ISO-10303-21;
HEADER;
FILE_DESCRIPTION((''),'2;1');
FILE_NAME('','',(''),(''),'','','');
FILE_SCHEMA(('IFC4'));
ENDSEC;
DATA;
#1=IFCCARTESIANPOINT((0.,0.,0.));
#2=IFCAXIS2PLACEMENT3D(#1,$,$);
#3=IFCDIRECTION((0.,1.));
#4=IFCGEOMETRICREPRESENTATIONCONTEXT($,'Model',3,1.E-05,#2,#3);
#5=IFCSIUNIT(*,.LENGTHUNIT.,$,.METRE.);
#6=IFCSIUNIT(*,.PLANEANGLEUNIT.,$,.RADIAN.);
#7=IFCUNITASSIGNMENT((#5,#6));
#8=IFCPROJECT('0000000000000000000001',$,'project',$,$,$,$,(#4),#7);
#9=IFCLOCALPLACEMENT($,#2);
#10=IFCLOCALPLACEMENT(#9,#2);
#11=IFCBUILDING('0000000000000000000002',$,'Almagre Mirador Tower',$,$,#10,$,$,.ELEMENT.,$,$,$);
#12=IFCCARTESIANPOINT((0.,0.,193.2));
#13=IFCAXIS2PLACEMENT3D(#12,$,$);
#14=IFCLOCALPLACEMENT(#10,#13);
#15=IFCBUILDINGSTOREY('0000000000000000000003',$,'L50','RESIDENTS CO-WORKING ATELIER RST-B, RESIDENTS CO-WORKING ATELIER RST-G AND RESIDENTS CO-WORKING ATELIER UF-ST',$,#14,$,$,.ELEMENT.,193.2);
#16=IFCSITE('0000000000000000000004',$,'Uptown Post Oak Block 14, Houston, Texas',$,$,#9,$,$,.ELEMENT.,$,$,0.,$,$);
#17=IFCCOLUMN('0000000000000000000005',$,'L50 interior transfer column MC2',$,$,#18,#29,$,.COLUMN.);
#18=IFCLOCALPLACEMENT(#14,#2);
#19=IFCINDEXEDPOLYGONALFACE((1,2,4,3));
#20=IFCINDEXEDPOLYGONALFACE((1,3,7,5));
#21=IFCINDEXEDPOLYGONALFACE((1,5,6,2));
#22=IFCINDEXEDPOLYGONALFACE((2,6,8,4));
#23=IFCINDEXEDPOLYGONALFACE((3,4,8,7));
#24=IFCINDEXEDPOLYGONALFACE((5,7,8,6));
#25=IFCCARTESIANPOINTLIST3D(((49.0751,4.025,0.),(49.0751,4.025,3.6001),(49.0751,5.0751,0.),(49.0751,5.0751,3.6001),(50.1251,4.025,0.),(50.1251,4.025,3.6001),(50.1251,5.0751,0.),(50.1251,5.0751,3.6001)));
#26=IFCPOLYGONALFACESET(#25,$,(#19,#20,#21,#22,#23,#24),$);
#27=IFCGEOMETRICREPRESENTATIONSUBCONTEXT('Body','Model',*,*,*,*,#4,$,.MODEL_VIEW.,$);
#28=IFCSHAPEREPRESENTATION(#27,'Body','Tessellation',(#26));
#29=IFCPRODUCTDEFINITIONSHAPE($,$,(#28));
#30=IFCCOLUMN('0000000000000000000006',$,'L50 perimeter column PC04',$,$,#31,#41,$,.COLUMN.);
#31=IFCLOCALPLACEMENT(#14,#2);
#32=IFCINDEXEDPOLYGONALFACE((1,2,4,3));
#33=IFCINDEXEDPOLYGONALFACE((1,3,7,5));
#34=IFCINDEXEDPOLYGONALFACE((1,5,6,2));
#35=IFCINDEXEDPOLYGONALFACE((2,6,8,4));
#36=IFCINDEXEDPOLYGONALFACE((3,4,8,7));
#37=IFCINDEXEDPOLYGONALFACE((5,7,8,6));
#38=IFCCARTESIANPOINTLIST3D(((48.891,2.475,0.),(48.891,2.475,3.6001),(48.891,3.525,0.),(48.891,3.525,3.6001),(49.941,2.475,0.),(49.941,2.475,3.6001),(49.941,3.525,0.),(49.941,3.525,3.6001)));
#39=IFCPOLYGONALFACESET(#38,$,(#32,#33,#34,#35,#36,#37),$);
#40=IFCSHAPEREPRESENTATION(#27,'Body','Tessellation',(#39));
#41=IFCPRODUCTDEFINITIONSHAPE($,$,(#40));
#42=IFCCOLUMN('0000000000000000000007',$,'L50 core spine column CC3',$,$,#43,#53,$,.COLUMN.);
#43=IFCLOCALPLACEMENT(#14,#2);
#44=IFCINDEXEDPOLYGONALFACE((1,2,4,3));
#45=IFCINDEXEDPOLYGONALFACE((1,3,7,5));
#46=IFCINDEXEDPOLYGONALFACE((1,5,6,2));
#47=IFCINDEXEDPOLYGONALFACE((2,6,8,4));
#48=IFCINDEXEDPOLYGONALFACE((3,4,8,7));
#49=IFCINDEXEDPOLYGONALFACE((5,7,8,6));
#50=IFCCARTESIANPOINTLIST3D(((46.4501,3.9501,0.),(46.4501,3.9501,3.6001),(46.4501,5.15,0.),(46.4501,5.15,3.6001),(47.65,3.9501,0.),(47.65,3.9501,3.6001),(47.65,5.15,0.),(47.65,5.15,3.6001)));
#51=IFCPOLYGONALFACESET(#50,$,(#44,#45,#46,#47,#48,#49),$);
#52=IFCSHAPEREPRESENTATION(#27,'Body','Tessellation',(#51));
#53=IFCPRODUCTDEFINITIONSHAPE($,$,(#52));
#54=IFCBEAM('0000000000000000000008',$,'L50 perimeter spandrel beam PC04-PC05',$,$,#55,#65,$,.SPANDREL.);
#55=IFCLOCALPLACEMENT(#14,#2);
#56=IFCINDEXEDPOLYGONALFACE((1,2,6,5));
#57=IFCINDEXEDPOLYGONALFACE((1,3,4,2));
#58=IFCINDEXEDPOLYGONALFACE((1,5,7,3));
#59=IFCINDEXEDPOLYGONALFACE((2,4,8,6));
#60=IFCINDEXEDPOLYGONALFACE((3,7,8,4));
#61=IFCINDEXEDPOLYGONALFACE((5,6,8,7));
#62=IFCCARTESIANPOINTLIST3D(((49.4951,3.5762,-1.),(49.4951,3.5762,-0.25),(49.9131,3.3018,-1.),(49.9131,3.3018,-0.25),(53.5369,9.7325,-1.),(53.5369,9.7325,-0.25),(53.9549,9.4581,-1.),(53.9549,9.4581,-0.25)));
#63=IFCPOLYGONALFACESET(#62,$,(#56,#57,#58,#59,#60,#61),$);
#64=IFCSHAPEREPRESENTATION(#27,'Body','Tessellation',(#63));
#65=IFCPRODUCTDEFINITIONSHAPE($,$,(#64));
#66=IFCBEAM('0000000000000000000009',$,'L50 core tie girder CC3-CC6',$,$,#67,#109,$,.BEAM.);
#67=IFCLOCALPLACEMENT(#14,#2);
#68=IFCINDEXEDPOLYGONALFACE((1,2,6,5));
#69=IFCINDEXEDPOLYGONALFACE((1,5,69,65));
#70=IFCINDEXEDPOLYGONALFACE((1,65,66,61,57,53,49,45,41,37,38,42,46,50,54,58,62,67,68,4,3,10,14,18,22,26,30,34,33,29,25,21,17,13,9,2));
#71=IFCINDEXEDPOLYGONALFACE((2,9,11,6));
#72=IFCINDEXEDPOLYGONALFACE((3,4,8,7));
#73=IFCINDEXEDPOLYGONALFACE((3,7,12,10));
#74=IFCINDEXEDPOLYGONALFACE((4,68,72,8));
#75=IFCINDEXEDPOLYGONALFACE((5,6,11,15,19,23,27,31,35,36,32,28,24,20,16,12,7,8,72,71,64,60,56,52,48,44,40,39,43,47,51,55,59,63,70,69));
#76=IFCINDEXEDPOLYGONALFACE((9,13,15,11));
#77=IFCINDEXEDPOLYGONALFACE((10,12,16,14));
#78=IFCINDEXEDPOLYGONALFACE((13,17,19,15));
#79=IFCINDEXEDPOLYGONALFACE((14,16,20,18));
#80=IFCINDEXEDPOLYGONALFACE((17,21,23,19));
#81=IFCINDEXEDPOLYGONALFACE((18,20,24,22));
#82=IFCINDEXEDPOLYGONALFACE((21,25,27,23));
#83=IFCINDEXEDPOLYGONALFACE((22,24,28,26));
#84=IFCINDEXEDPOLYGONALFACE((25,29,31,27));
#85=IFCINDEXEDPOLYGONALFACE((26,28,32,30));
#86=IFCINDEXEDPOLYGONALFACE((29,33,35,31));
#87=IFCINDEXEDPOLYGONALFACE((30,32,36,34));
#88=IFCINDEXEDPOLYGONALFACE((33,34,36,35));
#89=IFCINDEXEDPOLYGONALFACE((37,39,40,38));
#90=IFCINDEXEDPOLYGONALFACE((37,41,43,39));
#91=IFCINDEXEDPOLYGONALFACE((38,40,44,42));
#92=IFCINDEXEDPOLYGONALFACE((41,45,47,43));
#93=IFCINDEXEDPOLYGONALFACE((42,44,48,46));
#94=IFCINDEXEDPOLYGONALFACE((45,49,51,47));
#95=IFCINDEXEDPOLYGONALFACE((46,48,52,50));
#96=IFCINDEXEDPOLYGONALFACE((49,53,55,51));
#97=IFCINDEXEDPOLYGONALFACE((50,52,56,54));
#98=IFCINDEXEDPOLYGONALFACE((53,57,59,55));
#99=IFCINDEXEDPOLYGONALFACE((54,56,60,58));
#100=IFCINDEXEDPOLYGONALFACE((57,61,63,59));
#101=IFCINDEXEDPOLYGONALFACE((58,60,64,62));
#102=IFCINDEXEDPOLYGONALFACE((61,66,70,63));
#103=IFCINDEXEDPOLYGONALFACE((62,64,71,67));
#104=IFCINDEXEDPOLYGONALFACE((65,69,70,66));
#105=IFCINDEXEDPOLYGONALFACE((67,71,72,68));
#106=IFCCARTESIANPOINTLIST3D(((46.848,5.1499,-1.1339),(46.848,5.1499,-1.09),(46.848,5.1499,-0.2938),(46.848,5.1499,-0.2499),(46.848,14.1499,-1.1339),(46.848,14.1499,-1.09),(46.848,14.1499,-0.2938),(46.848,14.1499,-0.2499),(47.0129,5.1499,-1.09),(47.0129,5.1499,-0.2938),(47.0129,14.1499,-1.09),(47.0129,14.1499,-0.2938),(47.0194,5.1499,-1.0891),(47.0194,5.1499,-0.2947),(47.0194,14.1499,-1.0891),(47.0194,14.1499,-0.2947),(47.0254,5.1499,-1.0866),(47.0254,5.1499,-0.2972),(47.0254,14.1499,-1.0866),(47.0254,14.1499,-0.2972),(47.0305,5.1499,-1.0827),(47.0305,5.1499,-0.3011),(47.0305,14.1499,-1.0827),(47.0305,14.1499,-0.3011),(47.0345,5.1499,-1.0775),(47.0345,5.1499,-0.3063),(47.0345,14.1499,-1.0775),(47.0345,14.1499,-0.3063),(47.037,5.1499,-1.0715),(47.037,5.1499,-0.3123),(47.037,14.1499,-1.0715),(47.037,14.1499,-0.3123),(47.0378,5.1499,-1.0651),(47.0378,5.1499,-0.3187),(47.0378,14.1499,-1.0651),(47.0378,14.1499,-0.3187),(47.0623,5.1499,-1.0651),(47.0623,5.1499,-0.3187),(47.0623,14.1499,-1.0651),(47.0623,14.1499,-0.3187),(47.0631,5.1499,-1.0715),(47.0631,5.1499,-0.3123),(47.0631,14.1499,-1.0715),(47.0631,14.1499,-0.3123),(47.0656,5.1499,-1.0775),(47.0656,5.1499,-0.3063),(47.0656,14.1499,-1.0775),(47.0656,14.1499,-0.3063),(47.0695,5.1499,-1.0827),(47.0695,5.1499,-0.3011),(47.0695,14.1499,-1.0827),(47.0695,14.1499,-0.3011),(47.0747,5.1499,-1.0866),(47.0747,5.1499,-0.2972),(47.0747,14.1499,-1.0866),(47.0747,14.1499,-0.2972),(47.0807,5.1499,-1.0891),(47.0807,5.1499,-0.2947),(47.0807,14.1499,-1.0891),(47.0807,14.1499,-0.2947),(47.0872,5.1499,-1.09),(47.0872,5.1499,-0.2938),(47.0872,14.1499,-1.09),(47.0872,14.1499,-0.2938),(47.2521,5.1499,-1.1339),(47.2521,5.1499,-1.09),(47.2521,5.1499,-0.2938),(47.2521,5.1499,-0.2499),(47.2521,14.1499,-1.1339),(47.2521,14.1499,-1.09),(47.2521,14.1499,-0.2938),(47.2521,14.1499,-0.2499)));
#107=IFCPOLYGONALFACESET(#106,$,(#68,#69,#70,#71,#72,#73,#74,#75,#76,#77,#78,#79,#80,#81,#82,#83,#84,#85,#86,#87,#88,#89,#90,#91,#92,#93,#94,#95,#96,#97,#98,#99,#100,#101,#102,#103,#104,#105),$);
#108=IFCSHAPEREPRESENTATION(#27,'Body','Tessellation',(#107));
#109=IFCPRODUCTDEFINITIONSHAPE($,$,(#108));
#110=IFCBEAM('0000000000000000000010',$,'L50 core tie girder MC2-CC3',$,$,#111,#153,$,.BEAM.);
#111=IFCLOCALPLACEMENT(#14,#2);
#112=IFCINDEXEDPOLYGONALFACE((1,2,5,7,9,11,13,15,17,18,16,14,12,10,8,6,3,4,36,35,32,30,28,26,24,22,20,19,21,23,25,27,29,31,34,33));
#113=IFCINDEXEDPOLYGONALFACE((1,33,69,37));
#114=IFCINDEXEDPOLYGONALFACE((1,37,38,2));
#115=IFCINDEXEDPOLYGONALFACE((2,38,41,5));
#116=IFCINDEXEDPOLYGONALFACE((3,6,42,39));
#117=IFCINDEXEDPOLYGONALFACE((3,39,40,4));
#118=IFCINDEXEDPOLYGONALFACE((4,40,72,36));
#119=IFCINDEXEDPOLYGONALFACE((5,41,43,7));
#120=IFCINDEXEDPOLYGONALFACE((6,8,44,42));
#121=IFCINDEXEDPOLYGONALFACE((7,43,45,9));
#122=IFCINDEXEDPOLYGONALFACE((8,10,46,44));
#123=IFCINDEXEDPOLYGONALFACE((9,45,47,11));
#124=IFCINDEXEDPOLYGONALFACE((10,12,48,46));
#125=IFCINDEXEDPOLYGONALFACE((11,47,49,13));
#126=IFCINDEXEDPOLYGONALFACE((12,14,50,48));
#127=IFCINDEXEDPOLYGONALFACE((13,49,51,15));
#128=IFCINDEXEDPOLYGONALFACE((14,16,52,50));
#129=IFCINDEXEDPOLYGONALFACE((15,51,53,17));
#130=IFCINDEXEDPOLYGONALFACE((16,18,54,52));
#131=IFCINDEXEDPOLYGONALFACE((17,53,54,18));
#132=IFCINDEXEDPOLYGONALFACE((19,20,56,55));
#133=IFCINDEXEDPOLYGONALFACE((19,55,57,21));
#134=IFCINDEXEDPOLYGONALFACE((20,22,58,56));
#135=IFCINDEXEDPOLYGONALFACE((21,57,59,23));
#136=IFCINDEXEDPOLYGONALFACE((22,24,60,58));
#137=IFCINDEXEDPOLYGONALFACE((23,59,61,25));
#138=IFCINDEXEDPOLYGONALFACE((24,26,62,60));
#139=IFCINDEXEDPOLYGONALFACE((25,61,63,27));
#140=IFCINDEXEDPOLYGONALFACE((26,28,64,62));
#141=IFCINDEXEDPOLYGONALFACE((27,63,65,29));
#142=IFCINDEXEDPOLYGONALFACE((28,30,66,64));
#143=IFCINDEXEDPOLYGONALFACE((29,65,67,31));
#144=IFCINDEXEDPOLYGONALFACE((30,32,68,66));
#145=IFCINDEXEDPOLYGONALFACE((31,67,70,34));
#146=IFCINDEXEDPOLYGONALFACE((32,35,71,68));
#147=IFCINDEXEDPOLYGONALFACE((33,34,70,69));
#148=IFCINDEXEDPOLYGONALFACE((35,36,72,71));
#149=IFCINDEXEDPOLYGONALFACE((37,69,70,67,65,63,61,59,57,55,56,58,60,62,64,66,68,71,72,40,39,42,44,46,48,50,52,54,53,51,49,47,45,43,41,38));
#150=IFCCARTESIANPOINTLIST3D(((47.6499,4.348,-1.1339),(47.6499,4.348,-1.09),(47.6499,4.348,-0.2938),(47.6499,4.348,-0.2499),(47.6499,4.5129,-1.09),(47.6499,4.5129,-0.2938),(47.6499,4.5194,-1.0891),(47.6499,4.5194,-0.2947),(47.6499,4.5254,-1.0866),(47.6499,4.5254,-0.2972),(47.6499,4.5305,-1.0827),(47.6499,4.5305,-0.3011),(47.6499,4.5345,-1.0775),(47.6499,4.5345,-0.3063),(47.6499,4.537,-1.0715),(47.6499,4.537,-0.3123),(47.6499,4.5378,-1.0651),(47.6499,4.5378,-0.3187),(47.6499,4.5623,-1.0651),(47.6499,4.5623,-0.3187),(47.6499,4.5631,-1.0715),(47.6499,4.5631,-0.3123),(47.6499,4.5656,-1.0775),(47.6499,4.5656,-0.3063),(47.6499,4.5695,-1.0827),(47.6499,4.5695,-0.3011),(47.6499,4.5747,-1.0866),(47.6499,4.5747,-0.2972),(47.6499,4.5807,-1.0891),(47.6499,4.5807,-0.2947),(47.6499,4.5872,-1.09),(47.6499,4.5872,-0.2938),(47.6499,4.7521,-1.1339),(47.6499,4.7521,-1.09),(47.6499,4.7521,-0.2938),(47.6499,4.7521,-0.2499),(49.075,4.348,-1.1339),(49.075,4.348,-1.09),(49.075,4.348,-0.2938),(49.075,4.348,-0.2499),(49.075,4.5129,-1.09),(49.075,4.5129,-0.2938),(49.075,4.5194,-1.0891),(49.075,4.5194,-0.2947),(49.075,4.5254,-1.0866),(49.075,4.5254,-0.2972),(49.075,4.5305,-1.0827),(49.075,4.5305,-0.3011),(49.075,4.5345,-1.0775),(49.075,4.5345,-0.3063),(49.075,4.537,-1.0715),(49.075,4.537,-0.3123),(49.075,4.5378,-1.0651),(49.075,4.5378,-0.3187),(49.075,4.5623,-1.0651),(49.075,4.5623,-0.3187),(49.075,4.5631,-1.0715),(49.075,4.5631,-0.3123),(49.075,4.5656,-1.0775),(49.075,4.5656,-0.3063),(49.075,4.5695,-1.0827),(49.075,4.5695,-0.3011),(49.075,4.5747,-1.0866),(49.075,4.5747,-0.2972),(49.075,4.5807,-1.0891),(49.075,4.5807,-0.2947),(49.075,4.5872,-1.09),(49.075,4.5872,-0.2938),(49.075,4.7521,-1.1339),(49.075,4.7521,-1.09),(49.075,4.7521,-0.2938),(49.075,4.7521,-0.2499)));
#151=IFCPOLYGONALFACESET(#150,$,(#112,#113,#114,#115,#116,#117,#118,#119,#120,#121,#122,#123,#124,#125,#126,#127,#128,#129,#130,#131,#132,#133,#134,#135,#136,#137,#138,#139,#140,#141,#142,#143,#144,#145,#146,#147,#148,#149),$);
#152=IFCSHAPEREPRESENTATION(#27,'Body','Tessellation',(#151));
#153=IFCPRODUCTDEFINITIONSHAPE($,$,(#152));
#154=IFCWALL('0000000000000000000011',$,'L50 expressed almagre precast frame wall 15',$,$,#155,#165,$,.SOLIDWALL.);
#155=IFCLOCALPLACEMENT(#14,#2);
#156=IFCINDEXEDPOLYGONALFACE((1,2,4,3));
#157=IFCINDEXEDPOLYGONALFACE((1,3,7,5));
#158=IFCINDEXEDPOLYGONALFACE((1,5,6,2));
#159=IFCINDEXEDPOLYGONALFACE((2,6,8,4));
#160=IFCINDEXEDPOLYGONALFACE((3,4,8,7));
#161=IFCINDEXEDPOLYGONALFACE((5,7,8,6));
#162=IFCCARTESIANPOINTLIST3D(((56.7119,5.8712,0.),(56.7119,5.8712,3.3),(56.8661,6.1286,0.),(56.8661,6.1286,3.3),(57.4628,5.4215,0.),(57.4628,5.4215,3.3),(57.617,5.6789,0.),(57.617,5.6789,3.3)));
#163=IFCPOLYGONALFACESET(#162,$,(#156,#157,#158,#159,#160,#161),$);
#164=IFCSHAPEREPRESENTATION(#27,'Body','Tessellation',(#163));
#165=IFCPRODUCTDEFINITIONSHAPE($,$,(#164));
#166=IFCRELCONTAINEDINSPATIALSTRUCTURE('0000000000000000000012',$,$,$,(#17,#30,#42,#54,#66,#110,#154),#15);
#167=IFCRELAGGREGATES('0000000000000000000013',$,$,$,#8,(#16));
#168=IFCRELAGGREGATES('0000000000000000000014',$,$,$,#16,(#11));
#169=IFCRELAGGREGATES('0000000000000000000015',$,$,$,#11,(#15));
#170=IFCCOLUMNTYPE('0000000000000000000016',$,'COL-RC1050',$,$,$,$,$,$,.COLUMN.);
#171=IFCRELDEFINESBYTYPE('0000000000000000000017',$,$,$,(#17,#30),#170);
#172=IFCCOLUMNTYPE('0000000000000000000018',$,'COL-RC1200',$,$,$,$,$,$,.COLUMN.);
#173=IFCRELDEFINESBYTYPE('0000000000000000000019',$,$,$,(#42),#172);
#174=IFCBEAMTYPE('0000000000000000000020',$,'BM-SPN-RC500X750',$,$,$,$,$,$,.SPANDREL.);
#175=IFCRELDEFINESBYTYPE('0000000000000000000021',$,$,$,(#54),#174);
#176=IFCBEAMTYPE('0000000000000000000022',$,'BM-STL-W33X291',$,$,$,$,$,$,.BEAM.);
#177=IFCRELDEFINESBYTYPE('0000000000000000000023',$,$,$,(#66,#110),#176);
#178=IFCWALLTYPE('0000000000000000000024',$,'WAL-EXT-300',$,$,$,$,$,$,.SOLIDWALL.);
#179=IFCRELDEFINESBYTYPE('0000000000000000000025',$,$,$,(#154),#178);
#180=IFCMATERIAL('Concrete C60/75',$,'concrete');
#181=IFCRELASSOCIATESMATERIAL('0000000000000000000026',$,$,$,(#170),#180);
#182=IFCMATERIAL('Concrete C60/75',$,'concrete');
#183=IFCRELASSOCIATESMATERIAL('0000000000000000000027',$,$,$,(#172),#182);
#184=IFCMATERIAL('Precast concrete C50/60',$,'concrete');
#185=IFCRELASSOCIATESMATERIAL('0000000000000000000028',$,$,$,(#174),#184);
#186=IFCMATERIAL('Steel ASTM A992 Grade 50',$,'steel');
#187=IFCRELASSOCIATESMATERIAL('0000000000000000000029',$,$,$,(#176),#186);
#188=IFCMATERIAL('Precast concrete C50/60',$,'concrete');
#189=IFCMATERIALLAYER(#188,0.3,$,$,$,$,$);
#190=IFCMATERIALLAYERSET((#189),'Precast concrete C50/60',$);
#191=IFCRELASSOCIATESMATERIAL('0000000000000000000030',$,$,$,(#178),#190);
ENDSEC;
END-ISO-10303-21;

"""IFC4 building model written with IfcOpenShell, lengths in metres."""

from ifc_helpers import new_model, si_unit, direction, frame, frame_2d, origin, origin_2d, place, context, subcontext, project, spatial, rectangle, i_section, extrude, material, layer, layer_set, material_profile, profile_set, type_object, element, save


model = new_model("IFC4")

# Units and contexts
model_context = context("Model", 3, precision=1e-05, world=origin(), true_north=direction((0.0, 1.0)))
body_context = subcontext(model_context, "Body", "Model", "MODEL_VIEW")
ifc_project = project(units=[si_unit("LENGTHUNIT", "METRE"), si_unit("PLANEANGLEUNIT", "RADIAN")], contexts=[model_context])

# Site, building, storey
site_placement = place(None, origin())
site = spatial("IfcSite", under=ifc_project, at=site_placement, Name="Uptown Post Oak Block 14, Houston, Texas", CompositionType="ELEMENT", RefElevation=0.0)
building_placement = place(site_placement, origin())
building = spatial("IfcBuilding", under=site, at=building_placement, Name="Almagre Mirador Tower", CompositionType="ELEMENT")
storey_placement = place(building_placement, frame((0.0, 0.0, 193.2)))
storey = spatial("IfcBuildingStorey", under=building, at=storey_placement, Name="L50", Description="RESIDENTS CO-WORKING ATELIER RST-B, RESIDENTS CO-WORKING ATELIER RST-G AND RESIDENTS CO-WORKING ATELIER UF-ST", CompositionType="ELEMENT", Elevation=193.2)

# Columns
ifc_material_1 = material(Name="Concrete C60/75", Category="concrete")
ifc_material_profile_1 = material_profile(ifc_material_1, rectangle(XDim=1.05, YDim=1.05, at=origin_2d()), Name="RC1050X1050")
ifc_profile_set_1 = profile_set([ifc_material_profile_1], Name="Concrete C60/75")
column_type_1 = type_object("IfcColumnType", Name="COL-RC1050", PredefinedType="COLUMN", material=ifc_profile_set_1)
for number, where, z_axis, x_axis, name in (
    (1, (49.6001, 4.55, 0.0), (0.0, 0.0, 1.0), (1.0, 0.0, 0.0), "L50 interior transfer column MC2"),
    (2, (49.416, 3.0, 0.0), (0.0, 0.0, 1.0), (1.0, 0.0, 0.0), "L50 perimeter column PC04"),
):
    element("IfcColumn", number, at=place(storey_placement, frame(where, z_axis=z_axis, x_axis=x_axis)), inside=storey, type_object=column_type_1, Name=name, PredefinedType="COLUMN", context=body_context, shape_type="SweptSolid", body=[
        extrude(rectangle(XDim=1.05, YDim=1.05, at=origin_2d()), origin(), (0.0, 0.0, 1.0), 3.6001),
    ])
ifc_material_2 = material(Name="Concrete C60/75", Category="concrete")
ifc_material_profile_2 = material_profile(ifc_material_2, rectangle(XDim=1.2, YDim=1.2, at=origin_2d()), Name="RC1200X1200")
ifc_profile_set_2 = profile_set([ifc_material_profile_2], Name="Concrete C60/75")
column_type_2 = type_object("IfcColumnType", Name="COL-RC1200", PredefinedType="COLUMN", material=ifc_profile_set_2)
column_placement = place(storey_placement, frame((47.05, 4.55, 0.0), z_axis=(0.0, 0.0, 1.0), x_axis=(1.0, 0.0, 0.0)))
element("IfcColumn", 3, at=column_placement, inside=storey, type_object=column_type_2, Name="L50 core spine column CC3", PredefinedType="COLUMN", context=body_context, shape_type="SweptSolid", body=[
    extrude(rectangle(XDim=1.2, YDim=1.2, at=origin_2d()), origin(), (0.0, 0.0, 1.0), 3.6001),
])

# Beams
ifc_material_3 = material(Name="Precast concrete C50/60", Category="concrete")
ifc_material_profile_3 = material_profile(ifc_material_3, rectangle(XDim=0.5, YDim=0.75, at=origin_2d()), Name="RC500X750")
ifc_profile_set_3 = profile_set([ifc_material_profile_3], Name="Precast concrete C50/60")
beam_type_1 = type_object("IfcBeamType", Name="BM-SPN-RC500X750", PredefinedType="SPANDREL", material=ifc_profile_set_3)
beam_1_placement = place(storey_placement, frame((49.7041, 3.439, -0.625), z_axis=(0.548819, 0.835941, 0.0), x_axis=(-0.835941, 0.548819, 0.0)))
element("IfcBeam", 4, at=beam_1_placement, inside=storey, type_object=beam_type_1, Name="L50 perimeter spandrel beam PC04-PC05", PredefinedType="SPANDREL", context=body_context, shape_type="SweptSolid", body=[
    extrude(rectangle(XDim=0.5, YDim=0.75, at=origin_2d()), origin(), (0.0, 0.0, 1.0), 7.3645),
])
ifc_material_4 = material(Name="Steel ASTM A992 Grade 50", Category="steel")
ifc_material_profile_4 = material_profile(ifc_material_4, i_section(OverallWidth=0.4041, OverallDepth=0.884, WebThickness=0.0244, FlangeThickness=0.0439, FilletRadius=0.0249, at=origin_2d()), Name="W33X291")
ifc_profile_set_4 = profile_set([ifc_material_profile_4], Name="Steel ASTM A992 Grade 50")
beam_type_2 = type_object("IfcBeamType", Name="BM-STL-W33X291", PredefinedType="BEAM", material=ifc_profile_set_4)
beam_2_placement = place(storey_placement, frame((47.05, 5.1499, -0.6919), z_axis=(0.0, 1.0, 0.0), x_axis=(-1.0, 0.0, 0.0)))
element("IfcBeam", 5, at=beam_2_placement, inside=storey, type_object=beam_type_2, Name="L50 core tie girder CC3-CC6", PredefinedType="BEAM", context=body_context, shape_type="SweptSolid", body=[
    extrude(i_section(OverallWidth=0.4041, OverallDepth=0.884, WebThickness=0.0244, FlangeThickness=0.0439, FilletRadius=0.0249, at=origin_2d()), origin(), (0.0, 0.0, 1.0), 9.0),
])
beam_3_placement = place(storey_placement, frame((49.075, 4.55, -0.6919), z_axis=(-1.0, 0.0, 0.0), x_axis=(0.0, -1.0, 0.0)))
element("IfcBeam", 6, at=beam_3_placement, inside=storey, type_object=beam_type_2, Name="L50 core tie girder MC2-CC3", PredefinedType="BEAM", context=body_context, shape_type="SweptSolid", body=[
    extrude(i_section(OverallWidth=0.4041, OverallDepth=0.884, WebThickness=0.0244, FlangeThickness=0.0439, FilletRadius=0.0249, at=origin_2d()), origin(), (0.0, 0.0, 1.0), 1.425),
])

# Wall
ifc_material_5 = material(Name="Precast concrete C50/60", Category="concrete")
ifc_layer_1 = layer(ifc_material_5, 0.3)
ifc_layer_set_1 = layer_set([ifc_layer_1], Name="Precast concrete C50/60")
wall_type_1 = type_object("IfcWallType", Name="WAL-EXT-300", PredefinedType="SOLIDWALL", material=ifc_layer_set_1)
wall_1_placement = place(storey_placement, frame((57.5398, 5.5503, 0.0), z_axis=(0.0, 0.0, 1.0), x_axis=(-0.857936, 0.513757, 0.0)))
element("IfcWall", 7, at=wall_1_placement, inside=storey, type_object=wall_type_1, Name="L50 expressed almagre precast frame wall 15", PredefinedType="SOLIDWALL", context=body_context, shape_type="SweptSolid", body=[
    extrude(rectangle(XDim=0.8752, YDim=0.3, at=frame_2d((0.4375, 0.0))), origin(), (0.0, 0.0, 1.0), 3.3),
])

save(model, "model.ifc")
